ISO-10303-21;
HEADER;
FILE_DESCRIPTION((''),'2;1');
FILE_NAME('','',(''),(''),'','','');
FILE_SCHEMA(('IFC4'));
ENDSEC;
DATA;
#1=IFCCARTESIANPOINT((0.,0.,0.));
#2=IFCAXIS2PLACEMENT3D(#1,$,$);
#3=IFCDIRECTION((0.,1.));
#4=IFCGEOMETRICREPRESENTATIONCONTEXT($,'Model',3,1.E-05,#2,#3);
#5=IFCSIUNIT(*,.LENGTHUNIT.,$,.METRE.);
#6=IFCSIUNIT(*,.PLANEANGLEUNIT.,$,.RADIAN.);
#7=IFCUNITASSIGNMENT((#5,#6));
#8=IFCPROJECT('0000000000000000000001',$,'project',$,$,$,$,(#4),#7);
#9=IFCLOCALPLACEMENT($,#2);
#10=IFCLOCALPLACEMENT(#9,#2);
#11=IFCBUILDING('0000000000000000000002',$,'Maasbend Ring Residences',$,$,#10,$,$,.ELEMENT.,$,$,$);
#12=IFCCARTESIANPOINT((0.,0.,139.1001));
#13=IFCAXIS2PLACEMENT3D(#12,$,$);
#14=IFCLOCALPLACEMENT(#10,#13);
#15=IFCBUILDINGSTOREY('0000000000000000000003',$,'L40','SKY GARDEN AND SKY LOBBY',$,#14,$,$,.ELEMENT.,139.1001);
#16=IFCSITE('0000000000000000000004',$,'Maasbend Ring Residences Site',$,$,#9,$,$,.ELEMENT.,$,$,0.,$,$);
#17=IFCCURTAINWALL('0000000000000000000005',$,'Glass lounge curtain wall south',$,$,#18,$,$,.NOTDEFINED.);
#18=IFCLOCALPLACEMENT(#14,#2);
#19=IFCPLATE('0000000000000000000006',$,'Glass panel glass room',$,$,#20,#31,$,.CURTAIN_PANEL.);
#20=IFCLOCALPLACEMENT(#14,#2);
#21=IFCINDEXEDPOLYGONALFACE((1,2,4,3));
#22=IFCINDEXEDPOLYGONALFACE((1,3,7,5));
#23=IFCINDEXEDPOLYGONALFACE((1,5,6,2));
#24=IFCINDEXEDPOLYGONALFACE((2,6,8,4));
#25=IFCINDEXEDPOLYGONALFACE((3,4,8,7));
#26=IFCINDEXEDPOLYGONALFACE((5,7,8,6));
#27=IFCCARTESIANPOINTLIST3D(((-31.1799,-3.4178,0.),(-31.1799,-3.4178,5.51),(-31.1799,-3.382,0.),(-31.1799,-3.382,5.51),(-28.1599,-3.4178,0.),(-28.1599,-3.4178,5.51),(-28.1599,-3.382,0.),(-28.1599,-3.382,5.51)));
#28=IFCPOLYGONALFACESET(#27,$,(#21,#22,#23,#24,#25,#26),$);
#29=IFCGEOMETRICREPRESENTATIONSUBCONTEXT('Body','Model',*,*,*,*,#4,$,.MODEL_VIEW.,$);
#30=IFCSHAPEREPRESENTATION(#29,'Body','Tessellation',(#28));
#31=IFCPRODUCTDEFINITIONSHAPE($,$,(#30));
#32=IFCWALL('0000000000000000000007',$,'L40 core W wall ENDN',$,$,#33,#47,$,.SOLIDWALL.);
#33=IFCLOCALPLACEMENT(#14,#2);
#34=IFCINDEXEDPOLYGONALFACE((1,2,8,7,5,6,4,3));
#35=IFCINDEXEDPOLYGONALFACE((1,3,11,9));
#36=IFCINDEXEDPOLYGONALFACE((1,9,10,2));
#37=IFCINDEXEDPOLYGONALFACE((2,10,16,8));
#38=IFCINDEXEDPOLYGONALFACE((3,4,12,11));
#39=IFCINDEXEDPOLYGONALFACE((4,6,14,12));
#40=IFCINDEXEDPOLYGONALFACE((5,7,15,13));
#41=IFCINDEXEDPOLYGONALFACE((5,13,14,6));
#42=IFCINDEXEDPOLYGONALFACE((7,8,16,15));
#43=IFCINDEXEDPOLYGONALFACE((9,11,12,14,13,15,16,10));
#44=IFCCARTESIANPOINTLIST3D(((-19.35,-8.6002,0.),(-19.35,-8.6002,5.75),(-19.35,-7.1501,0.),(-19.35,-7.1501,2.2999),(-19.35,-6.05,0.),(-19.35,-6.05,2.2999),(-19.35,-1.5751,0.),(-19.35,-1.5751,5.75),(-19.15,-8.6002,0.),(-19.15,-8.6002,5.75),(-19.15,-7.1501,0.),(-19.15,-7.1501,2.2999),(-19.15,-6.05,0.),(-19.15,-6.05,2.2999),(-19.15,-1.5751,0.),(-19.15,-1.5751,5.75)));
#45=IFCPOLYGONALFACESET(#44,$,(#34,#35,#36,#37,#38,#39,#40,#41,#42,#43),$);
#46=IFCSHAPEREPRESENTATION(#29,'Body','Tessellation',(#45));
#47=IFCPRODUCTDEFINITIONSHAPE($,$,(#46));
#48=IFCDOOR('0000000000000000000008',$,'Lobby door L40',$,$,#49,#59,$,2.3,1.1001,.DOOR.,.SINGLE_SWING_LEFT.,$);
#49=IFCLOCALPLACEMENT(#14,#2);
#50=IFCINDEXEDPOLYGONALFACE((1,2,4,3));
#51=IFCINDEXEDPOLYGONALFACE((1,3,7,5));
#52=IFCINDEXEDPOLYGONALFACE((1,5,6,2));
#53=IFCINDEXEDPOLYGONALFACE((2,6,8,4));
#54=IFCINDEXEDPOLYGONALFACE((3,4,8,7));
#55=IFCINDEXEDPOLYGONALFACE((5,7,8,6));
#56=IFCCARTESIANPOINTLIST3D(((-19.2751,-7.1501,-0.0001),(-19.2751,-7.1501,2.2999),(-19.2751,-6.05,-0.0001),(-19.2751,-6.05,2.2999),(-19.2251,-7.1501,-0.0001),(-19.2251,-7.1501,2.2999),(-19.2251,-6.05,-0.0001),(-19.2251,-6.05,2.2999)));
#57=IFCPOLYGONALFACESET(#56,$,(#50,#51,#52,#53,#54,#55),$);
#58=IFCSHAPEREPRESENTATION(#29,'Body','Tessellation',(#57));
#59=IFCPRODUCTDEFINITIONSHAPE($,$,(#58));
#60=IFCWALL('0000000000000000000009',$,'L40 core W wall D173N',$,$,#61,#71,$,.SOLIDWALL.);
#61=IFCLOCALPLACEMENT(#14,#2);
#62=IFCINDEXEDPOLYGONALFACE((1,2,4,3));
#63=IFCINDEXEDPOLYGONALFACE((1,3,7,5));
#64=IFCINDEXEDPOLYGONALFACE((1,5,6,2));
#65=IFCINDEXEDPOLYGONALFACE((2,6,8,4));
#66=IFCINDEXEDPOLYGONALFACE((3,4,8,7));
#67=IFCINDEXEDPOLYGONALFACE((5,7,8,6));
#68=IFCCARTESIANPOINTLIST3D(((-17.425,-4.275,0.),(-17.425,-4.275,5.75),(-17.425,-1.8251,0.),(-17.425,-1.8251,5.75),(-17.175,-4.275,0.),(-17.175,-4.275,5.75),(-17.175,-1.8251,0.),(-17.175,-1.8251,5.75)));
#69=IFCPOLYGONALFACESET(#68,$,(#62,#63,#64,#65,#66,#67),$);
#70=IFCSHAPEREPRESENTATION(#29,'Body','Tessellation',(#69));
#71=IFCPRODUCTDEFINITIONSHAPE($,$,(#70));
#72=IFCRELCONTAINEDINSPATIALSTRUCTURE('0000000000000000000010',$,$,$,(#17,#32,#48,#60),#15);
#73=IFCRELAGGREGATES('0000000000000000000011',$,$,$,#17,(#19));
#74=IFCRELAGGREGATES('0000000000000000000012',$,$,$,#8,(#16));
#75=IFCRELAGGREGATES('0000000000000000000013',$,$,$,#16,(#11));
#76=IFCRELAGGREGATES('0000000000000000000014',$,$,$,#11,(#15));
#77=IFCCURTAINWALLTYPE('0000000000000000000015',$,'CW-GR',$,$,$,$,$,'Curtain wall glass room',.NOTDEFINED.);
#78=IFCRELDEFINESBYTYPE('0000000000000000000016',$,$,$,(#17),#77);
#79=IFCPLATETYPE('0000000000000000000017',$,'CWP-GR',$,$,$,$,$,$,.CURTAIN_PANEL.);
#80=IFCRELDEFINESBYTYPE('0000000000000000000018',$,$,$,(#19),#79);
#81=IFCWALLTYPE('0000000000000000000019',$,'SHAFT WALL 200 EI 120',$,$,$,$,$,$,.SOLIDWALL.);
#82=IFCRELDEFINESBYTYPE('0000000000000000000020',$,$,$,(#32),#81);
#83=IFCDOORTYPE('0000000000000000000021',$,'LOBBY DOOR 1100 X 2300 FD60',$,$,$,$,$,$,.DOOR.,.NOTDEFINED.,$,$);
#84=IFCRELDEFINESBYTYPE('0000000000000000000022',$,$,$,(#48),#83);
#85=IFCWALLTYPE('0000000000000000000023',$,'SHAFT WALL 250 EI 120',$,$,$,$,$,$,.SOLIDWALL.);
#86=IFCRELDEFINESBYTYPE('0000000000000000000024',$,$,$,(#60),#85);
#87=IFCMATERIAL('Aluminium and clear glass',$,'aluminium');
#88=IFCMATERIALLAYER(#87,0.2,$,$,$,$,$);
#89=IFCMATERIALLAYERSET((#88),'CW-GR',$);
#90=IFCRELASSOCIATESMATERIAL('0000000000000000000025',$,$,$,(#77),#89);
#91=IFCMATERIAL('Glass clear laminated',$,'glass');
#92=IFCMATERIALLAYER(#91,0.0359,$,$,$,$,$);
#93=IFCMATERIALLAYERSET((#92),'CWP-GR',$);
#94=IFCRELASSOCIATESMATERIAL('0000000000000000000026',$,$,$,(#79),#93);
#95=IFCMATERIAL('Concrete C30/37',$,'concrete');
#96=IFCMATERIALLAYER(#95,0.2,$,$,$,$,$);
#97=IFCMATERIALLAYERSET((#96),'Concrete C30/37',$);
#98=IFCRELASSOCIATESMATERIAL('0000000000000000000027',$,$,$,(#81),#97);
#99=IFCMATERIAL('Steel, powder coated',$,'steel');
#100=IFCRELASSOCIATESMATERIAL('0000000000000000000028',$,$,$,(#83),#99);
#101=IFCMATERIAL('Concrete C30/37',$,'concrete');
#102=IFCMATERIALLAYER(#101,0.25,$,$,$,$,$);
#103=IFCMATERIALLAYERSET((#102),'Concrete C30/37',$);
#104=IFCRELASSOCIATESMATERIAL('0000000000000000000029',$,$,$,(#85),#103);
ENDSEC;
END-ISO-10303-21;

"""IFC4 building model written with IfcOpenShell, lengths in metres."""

from ifc_helpers import new_model, si_unit, direction, frame, frame_2d, origin, origin_2d, place, context, subcontext, project, spatial, rectangle, extrude, material, layer, layer_set, type_object, element, fill, aggregate, save


model = new_model("IFC4")

# Units and contexts
model_context = context("Model", 3, precision=1e-05, world=origin(), true_north=direction((0.0, 1.0)))
body_context = subcontext(model_context, "Body", "Model", "MODEL_VIEW")
ifc_project = project(units=[si_unit("LENGTHUNIT", "METRE"), si_unit("PLANEANGLEUNIT", "RADIAN")], contexts=[model_context])

# Site, building, storey
site_placement = place(None, origin())
site = spatial("IfcSite", under=ifc_project, at=site_placement, Name="Maasbend Ring Residences Site", CompositionType="ELEMENT", RefElevation=0.0)
building_placement = place(site_placement, origin())
building = spatial("IfcBuilding", under=site, at=building_placement, Name="Maasbend Ring Residences", CompositionType="ELEMENT")
storey_placement = place(building_placement, frame((0.0, 0.0, 139.1001)))
storey = spatial("IfcBuildingStorey", under=building, at=storey_placement, Name="L40", Description="SKY GARDEN AND SKY LOBBY", CompositionType="ELEMENT", Elevation=139.1001)

# Shared definitions
ifc_material_1 = material(Name="Aluminium and clear glass", Category="aluminium")
ifc_layer_1 = layer(ifc_material_1, 0.2)
ifc_layer_set_1 = layer_set([ifc_layer_1], Name="CW-GR")
curtain_wall_type = type_object("IfcCurtainWallType", Name="CW-GR", ElementType="Curtain wall glass room", PredefinedType="NOTDEFINED", material=ifc_layer_set_1)

# Curtain wall
curtain_wall_1_placement = place(storey_placement, origin())
curtain_wall_1 = element("IfcCurtainWall", 1, at=curtain_wall_1_placement, inside=storey, type_object=curtain_wall_type, Name="Glass lounge curtain wall south", PredefinedType="NOTDEFINED")

# Plate
ifc_material_2 = material(Name="Glass clear laminated", Category="glass")
ifc_layer_2 = layer(ifc_material_2, 0.0359)
ifc_layer_set_2 = layer_set([ifc_layer_2], Name="CWP-GR")
plate_type = type_object("IfcPlateType", Name="CWP-GR", PredefinedType="CURTAIN_PANEL", material=ifc_layer_set_2)
plate_1_placement = place(storey_placement, frame((-29.6699, -3.3999, 0.0), z_axis=(0.0, 0.0, 1.0), x_axis=(-1.0, 0.0, 0.0)))
plate_1 = element("IfcPlate", 2, at=plate_1_placement, type_object=plate_type, Name="Glass panel glass room", PredefinedType="CURTAIN_PANEL", context=body_context, shape_type="SweptSolid", body=[
    extrude(rectangle(XDim=3.02, YDim=0.0359, at=origin_2d()), origin(), (0.0, 0.0, 1.0), 5.51),
])
aggregate(curtain_wall_1, [plate_1])

# Wall, opening, door
ifc_material_3 = material(Name="Concrete C30/37", Category="concrete")
ifc_layer_3 = layer(ifc_material_3, 0.2)
ifc_layer_set_3 = layer_set([ifc_layer_3], Name="Concrete C30/37")
wall_type_1 = type_object("IfcWallType", Name="SHAFT WALL 200 EI 120", PredefinedType="SOLIDWALL", material=ifc_layer_set_3)
wall_1_placement = place(storey_placement, frame((-19.25, -1.575, 0.0), z_axis=(0.0, 0.0, 1.0), x_axis=(0.0, -1.0, 0.0)))
wall_1 = element("IfcWall", 3, at=wall_1_placement, inside=storey, type_object=wall_type_1, Name="L40 core W wall ENDN", PredefinedType="SOLIDWALL", context=body_context, shape_type="SweptSolid", body=[
    extrude(rectangle(XDim=7.0251, YDim=0.2, at=frame_2d((3.5127, 0.0))), origin(), (0.0, 0.0, 1.0), 5.75),
])
opening_placement = place(wall_1_placement, frame((4.4751, 0.0, 0.0)))
opening = element("IfcOpeningElement", 4, at=opening_placement, cuts=wall_1, PredefinedType="OPENING", context=body_context, shape_type="SweptSolid", body=[
    extrude(rectangle(XDim=1.1001, YDim=2.3, at=frame_2d((0.55, 1.1499))), frame((0.0, 0.1099, 0.0), z_axis=(0.0, -1.0, 0.0), x_axis=(1.0, 0.0, 0.0)), (0.0, 0.0, 1.0), 0.22),
])
ifc_material_4 = material(Name="Steel, powder coated", Category="steel")
door_type = type_object("IfcDoorType", Name="LOBBY DOOR 1100 X 2300 FD60", OperationType="NOTDEFINED", PredefinedType="DOOR", material=ifc_material_4)
door_placement = place(opening_placement, origin())
door = element("IfcDoor", 5, at=door_placement, inside=storey, type_object=door_type, Name="Lobby door L40", OperationType="SINGLE_SWING_LEFT", OverallHeight=2.3, OverallWidth=1.1001, PredefinedType="DOOR", context=body_context, shape_type="SweptSolid", body=[
    extrude(rectangle(XDim=1.1001, YDim=2.3, at=frame_2d((0.55, 1.1499))), frame((0.0, 0.0249, 0.0), z_axis=(0.0, -1.0, 0.0), x_axis=(1.0, 0.0, 0.0)), (0.0, 0.0, 1.0), 0.05),
])
fill(opening, door)

# Wall
ifc_material_5 = material(Name="Concrete C30/37", Category="concrete")
ifc_layer_4 = layer(ifc_material_5, 0.25)
ifc_layer_set_4 = layer_set([ifc_layer_4], Name="Concrete C30/37")
wall_type_2 = type_object("IfcWallType", Name="SHAFT WALL 250 EI 120", PredefinedType="SOLIDWALL", material=ifc_layer_set_4)
wall_2_placement = place(storey_placement, frame((-17.3, -1.825, 0.0), z_axis=(0.0, 0.0, 1.0), x_axis=(0.0, -1.0, 0.0)))
element("IfcWall", 6, at=wall_2_placement, inside=storey, type_object=wall_type_2, Name="L40 core W wall D173N", PredefinedType="SOLIDWALL", context=body_context, shape_type="SweptSolid", body=[
    extrude(rectangle(XDim=2.45, YDim=0.25, at=frame_2d((1.2251, 0.0))), origin(), (0.0, 0.0, 1.0), 5.75),
])

save(model, "model.ifc")
